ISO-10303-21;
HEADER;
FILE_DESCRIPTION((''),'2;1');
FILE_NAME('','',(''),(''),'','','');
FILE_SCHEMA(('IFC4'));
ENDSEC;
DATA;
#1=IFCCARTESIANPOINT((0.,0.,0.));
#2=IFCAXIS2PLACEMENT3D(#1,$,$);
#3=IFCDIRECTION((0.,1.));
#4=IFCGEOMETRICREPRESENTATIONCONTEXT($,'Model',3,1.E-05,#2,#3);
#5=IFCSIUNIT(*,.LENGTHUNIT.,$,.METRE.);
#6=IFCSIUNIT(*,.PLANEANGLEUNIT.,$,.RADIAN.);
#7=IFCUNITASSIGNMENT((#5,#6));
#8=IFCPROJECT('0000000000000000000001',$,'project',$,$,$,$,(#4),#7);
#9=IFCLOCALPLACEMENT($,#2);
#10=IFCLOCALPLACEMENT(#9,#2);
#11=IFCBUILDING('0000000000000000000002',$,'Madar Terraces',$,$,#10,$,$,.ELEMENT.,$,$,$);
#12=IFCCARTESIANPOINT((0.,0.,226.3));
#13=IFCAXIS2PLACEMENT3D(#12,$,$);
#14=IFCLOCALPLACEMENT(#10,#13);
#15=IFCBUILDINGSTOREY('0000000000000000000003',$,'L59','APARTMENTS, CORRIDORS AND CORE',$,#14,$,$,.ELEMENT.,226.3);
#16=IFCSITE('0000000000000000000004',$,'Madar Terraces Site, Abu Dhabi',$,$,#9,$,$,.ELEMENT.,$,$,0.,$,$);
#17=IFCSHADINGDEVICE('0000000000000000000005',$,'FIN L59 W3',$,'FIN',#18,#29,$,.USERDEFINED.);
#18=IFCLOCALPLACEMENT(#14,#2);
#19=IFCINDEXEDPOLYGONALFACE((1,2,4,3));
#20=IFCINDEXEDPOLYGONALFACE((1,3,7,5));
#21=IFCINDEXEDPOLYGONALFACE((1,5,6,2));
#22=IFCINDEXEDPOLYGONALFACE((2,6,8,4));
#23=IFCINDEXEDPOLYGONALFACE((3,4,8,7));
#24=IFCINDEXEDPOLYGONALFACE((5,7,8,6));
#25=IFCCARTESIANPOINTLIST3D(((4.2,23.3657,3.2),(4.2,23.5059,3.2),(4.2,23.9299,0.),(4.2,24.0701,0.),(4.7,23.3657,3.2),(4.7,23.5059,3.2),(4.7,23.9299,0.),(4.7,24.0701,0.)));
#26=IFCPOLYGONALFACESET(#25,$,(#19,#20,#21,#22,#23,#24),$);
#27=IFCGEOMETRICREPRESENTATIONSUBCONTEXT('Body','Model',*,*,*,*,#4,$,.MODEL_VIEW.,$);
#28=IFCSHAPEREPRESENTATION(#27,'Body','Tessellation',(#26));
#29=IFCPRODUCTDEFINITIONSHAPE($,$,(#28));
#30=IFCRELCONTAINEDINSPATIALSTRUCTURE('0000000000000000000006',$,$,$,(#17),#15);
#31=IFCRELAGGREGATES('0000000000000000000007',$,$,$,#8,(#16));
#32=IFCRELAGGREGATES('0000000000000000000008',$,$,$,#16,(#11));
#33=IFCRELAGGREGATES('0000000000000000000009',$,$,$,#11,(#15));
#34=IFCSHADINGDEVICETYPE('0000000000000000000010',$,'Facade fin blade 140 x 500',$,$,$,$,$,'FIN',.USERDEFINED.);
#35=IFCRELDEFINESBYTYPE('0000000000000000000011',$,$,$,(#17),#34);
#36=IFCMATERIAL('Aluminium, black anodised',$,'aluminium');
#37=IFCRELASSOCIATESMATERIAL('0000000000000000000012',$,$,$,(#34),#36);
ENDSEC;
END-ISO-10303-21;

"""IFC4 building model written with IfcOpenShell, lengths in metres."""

from ifc_helpers import new_model, si_unit, direction, frame, origin, place, context, subcontext, project, spatial, polyline, outline, extrude, material, type_object, element, save


model = new_model("IFC4")

# Units and contexts
model_context = context("Model", 3, precision=1e-05, world=origin(), true_north=direction((0.0, 1.0)))
body_context = subcontext(model_context, "Body", "Model", "MODEL_VIEW")
ifc_project = project(units=[si_unit("LENGTHUNIT", "METRE"), si_unit("PLANEANGLEUNIT", "RADIAN")], contexts=[model_context])

# Site, building, storey
site_placement = place(None, origin())
site = spatial("IfcSite", under=ifc_project, at=site_placement, Name="Madar Terraces Site, Abu Dhabi", CompositionType="ELEMENT", RefElevation=0.0)
building_placement = place(site_placement, origin())
building = spatial("IfcBuilding", under=site, at=building_placement, Name="Madar Terraces", CompositionType="ELEMENT")
storey_placement = place(building_placement, frame((0.0, 0.0, 226.3)))
storey = spatial("IfcBuildingStorey", under=building, at=storey_placement, Name="L59", Description="APARTMENTS, CORRIDORS AND CORE", CompositionType="ELEMENT", Elevation=226.3)

# Shading device
ifc_material_1 = material(Name="Aluminium, black anodised", Category="aluminium")
shading_device_type = type_object("IfcShadingDeviceType", Name="Facade fin blade 140 x 500", ElementType="FIN", PredefinedType="USERDEFINED", material=ifc_material_1)
shading_device_1_placement = place(storey_placement, frame((4.45, 24.0701, 0.0), z_axis=(0.0, 0.0, 1.0), x_axis=(0.0, -1.0, 0.0)))
element("IfcShadingDevice", 1, at=shading_device_1_placement, inside=storey, type_object=shading_device_type, Name="FIN L59 W3", ObjectType="FIN", PredefinedType="USERDEFINED", context=body_context, shape_type="SweptSolid", body=[
    extrude(outline(polyline([(0.0, 0.0), (0.1401, 0.0), (0.7043, 3.2), (0.5642, 3.2), (0.0, 0.0)])), frame((0.0, 0.25, 0.0), z_axis=(0.0, -1.0, 0.0), x_axis=(1.0, 0.0, 0.0)), (0.0, 0.0, 1.0), 0.5),
])

save(model, "model.ifc")
